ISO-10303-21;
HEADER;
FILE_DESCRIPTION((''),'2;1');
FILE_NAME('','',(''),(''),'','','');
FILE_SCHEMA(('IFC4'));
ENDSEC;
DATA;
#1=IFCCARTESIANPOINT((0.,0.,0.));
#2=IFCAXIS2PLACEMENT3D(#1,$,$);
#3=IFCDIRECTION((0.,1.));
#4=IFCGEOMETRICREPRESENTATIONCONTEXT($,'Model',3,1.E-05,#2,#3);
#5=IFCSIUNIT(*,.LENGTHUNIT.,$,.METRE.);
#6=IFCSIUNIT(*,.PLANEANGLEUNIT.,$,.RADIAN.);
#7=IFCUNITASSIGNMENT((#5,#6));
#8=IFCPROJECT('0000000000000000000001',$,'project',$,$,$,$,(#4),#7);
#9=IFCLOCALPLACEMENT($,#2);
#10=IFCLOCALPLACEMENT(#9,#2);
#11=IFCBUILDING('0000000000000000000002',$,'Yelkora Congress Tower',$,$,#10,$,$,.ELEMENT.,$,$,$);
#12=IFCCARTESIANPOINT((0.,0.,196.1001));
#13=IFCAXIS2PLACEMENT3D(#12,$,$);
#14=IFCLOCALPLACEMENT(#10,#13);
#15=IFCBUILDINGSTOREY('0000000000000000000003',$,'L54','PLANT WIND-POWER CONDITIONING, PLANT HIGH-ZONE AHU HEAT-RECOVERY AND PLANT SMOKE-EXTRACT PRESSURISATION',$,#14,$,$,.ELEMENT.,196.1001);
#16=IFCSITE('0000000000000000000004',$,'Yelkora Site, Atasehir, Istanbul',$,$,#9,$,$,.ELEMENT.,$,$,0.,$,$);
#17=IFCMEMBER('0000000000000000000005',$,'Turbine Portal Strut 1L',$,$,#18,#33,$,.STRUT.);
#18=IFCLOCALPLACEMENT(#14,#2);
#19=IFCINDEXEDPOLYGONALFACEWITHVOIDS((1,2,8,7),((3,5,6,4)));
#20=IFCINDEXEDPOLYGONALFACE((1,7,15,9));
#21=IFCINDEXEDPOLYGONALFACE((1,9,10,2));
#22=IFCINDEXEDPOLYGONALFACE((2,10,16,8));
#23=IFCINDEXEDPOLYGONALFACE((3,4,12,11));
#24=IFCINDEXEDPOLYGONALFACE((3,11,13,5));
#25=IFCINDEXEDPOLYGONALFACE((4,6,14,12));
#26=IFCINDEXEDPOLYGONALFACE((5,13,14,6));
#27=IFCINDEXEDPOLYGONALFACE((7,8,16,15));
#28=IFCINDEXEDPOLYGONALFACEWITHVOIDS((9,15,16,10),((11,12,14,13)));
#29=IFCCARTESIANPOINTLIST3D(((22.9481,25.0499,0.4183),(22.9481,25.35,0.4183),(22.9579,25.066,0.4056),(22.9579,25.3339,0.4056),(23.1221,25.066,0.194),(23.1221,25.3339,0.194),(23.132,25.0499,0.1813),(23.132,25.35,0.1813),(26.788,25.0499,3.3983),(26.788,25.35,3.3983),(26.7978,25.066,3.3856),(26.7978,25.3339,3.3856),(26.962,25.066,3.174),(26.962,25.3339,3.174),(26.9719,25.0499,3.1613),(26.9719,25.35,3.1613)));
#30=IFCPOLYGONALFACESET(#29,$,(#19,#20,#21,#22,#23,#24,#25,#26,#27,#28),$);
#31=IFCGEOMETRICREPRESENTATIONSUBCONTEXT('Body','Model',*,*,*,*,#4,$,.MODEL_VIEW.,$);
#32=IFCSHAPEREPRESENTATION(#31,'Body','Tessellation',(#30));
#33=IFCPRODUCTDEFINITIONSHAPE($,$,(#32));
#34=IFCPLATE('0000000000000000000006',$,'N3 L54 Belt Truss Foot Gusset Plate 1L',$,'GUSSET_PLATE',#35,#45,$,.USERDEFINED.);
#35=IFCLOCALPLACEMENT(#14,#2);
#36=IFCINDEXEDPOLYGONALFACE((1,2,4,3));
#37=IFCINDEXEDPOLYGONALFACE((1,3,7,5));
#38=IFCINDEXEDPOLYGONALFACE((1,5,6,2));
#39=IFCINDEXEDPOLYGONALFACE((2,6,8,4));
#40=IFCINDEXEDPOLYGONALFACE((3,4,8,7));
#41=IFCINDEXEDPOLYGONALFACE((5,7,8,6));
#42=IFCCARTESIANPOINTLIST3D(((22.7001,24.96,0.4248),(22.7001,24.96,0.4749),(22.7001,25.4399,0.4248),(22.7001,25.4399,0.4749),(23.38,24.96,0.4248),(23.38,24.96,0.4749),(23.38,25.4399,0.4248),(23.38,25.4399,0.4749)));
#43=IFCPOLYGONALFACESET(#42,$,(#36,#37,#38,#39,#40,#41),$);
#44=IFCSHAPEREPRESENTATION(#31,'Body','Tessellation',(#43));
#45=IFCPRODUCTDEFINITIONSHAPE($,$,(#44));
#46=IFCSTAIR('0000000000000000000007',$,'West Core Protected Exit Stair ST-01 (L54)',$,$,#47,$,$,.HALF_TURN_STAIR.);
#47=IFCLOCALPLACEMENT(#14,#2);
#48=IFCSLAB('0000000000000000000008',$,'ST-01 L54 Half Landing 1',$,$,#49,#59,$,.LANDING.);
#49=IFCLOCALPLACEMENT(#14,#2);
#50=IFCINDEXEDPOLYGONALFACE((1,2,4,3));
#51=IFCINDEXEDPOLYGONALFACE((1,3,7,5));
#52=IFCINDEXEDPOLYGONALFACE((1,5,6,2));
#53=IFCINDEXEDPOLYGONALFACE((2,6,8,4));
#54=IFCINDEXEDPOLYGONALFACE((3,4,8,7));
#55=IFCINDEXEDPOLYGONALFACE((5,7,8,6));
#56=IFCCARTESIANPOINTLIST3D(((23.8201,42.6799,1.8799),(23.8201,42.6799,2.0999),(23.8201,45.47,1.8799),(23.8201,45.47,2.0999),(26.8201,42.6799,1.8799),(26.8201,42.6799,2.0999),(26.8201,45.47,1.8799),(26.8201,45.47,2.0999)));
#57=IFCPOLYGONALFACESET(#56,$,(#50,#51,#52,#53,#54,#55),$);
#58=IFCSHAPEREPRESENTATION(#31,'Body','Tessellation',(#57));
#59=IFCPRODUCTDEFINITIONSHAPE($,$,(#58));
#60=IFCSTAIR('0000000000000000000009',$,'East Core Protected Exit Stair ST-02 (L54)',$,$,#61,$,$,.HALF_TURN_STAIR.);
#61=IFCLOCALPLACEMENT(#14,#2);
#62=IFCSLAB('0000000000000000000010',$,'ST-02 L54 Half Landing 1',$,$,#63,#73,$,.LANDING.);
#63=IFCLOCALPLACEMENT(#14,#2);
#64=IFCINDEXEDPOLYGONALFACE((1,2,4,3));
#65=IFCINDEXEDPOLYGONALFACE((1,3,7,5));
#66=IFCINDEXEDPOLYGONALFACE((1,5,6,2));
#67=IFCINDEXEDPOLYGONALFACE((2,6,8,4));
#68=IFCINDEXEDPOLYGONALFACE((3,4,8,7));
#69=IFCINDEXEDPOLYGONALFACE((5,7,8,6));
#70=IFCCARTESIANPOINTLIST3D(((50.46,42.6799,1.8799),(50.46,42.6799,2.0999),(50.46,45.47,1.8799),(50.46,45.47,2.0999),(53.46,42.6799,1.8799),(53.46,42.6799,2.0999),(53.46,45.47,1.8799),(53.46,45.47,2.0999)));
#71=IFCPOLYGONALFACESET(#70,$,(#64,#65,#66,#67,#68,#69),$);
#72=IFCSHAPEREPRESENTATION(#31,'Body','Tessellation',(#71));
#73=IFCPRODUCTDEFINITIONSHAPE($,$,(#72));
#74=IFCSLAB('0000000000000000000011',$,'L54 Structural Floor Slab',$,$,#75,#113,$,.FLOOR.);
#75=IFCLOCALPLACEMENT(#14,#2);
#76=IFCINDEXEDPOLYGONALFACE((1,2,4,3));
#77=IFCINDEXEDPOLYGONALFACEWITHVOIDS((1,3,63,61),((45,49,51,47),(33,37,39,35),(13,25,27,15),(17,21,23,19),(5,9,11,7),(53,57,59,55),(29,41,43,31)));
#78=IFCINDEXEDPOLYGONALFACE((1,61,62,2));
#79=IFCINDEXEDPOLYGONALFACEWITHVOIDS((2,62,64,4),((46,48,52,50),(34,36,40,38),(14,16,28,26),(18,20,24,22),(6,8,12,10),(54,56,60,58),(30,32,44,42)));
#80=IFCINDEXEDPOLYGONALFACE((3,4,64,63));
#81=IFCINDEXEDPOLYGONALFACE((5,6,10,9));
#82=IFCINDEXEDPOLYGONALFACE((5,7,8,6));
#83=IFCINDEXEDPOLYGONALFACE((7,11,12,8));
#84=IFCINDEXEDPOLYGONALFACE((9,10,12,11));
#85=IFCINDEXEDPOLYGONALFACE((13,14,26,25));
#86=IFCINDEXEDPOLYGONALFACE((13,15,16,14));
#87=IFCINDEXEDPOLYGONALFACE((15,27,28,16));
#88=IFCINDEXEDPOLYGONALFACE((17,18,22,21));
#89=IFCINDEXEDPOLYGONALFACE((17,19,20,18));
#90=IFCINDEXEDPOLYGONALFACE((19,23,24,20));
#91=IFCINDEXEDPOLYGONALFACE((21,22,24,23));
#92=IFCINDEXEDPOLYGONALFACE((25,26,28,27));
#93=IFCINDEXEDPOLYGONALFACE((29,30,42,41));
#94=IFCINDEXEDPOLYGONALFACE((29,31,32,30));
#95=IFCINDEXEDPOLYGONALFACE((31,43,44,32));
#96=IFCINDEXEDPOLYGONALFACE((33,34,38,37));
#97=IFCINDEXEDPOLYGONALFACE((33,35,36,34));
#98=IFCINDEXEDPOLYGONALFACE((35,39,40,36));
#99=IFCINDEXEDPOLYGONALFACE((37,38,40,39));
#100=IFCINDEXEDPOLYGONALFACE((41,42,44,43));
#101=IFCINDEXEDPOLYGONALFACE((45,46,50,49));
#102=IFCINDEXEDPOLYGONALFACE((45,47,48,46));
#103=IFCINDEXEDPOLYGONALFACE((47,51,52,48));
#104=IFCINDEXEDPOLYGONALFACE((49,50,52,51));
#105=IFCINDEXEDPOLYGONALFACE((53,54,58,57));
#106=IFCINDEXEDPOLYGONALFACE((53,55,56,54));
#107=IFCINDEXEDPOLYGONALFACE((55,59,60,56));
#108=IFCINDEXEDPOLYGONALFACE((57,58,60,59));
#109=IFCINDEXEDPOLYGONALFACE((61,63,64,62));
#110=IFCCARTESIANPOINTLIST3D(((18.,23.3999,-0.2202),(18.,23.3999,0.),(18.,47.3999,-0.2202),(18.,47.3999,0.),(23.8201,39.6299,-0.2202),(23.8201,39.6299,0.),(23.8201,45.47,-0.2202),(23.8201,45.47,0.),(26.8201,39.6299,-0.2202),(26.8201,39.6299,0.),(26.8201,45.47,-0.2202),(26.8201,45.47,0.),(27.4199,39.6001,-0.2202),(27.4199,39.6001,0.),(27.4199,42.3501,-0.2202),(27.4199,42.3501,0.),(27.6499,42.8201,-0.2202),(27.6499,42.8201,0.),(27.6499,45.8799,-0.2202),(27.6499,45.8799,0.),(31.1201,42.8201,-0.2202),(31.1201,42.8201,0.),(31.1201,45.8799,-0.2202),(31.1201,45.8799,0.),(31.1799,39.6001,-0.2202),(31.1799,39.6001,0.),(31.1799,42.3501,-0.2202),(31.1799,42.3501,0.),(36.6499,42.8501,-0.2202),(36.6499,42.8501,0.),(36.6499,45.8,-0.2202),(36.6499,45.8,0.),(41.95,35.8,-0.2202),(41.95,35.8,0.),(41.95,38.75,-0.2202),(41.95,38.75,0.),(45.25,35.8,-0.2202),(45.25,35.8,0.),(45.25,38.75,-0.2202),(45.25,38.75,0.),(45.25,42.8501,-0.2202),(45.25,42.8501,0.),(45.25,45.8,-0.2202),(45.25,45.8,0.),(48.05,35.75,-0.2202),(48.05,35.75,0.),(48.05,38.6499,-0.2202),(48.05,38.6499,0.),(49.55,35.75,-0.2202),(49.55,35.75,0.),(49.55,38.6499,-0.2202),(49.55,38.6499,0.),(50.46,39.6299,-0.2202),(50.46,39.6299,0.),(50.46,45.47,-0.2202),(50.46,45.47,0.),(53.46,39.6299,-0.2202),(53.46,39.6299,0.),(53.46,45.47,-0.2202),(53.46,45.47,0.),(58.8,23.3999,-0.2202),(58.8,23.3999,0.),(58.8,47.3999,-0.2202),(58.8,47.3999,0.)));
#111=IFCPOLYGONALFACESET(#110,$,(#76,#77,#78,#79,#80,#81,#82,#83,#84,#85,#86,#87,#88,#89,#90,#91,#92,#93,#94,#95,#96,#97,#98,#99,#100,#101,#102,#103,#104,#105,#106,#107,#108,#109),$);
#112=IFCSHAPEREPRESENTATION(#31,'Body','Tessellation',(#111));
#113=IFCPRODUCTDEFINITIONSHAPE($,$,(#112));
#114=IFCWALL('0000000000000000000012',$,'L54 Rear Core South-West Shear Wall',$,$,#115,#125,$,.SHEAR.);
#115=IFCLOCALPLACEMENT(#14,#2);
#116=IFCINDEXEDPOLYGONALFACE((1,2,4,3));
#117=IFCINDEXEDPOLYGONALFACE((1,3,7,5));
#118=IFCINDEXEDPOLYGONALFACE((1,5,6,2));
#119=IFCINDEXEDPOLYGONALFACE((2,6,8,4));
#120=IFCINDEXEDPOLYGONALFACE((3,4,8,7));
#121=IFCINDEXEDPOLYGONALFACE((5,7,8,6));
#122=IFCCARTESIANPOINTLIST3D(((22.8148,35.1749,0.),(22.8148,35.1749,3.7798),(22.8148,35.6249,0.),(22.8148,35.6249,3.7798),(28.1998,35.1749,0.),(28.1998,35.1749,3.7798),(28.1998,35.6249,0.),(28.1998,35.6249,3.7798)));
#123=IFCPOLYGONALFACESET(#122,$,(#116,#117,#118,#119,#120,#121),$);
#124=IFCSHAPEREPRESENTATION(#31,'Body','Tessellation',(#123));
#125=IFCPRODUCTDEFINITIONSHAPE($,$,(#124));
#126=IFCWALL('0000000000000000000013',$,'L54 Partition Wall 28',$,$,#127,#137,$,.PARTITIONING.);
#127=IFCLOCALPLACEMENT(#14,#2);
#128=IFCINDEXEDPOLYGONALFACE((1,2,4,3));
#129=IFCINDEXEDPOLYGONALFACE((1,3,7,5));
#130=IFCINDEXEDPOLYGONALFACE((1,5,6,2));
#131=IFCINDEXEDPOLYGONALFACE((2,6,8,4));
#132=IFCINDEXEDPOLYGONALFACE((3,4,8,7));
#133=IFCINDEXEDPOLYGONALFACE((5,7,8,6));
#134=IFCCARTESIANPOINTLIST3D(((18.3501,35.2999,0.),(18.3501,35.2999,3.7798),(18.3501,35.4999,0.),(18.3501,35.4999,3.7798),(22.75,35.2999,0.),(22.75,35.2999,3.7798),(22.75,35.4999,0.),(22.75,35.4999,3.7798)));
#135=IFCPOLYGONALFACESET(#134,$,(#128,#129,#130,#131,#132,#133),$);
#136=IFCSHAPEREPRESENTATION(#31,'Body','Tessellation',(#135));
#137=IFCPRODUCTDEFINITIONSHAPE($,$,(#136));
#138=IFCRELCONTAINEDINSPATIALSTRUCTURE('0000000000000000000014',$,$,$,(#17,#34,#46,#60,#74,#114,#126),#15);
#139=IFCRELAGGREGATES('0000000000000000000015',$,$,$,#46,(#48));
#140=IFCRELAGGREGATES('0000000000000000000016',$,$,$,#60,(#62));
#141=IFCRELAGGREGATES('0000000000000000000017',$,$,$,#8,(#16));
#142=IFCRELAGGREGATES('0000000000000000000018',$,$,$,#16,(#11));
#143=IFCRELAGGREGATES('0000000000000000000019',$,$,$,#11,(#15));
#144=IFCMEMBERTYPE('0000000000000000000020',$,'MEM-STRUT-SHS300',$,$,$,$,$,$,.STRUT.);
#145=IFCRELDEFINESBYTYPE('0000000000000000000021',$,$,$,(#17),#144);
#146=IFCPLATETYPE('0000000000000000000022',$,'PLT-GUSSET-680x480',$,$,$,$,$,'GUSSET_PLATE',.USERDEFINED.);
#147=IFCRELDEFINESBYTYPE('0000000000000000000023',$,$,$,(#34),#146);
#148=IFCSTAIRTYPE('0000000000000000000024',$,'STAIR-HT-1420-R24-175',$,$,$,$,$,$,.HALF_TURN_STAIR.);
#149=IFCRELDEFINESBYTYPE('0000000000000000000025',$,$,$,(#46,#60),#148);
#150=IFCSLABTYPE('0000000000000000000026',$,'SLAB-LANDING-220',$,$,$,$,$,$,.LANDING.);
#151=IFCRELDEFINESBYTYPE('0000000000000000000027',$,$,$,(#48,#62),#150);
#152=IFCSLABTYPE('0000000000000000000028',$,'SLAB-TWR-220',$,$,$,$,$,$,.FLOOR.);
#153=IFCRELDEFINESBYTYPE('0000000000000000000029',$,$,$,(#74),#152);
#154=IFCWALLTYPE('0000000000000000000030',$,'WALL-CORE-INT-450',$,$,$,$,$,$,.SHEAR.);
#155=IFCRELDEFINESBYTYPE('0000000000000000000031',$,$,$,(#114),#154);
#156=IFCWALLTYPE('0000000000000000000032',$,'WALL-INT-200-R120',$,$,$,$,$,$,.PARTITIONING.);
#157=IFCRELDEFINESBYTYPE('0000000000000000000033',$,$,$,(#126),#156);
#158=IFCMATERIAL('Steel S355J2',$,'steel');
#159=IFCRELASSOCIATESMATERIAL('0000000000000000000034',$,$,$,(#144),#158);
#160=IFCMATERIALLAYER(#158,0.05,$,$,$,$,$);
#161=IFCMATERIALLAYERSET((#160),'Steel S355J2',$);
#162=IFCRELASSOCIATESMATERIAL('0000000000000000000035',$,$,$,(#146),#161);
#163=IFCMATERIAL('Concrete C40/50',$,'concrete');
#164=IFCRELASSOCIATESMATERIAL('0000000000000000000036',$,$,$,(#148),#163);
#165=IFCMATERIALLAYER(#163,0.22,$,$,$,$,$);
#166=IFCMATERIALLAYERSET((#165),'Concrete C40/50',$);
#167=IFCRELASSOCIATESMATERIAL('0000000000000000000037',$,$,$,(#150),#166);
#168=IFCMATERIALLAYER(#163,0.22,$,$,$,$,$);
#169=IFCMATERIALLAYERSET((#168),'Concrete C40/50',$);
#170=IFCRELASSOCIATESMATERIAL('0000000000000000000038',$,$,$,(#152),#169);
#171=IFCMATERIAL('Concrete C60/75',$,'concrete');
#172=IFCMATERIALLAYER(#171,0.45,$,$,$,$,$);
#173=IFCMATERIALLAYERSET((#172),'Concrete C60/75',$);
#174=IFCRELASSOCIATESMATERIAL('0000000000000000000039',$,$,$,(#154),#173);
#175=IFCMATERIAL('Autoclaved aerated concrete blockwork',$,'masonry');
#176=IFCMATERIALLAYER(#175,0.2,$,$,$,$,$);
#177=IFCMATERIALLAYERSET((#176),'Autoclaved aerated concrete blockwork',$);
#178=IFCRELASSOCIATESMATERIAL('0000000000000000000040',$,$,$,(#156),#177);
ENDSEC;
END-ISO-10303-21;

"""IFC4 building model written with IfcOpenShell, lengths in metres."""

from ifc_helpers import new_model, si_unit, direction, frame, frame_2d, origin, origin_2d, place, context, subcontext, project, spatial, polyline, rectangle, hollow_rectangle, outline, extrude, material, layer, layer_set, material_profile, profile_set, type_object, element, aggregate, save


model = new_model("IFC4")

# Units and contexts
model_context = context("Model", 3, precision=1e-05, world=origin(), true_north=direction((0.0, 1.0)))
body_context = subcontext(model_context, "Body", "Model", "MODEL_VIEW")
ifc_project = project(units=[si_unit("LENGTHUNIT", "METRE"), si_unit("PLANEANGLEUNIT", "RADIAN")], contexts=[model_context])

# Site, building, storey
site_placement = place(None, origin())
site = spatial("IfcSite", under=ifc_project, at=site_placement, Name="Yelkora Site, Atasehir, Istanbul", CompositionType="ELEMENT", RefElevation=0.0)
building_placement = place(site_placement, origin())
building = spatial("IfcBuilding", under=site, at=building_placement, Name="Yelkora Congress Tower", CompositionType="ELEMENT")
storey_placement = place(building_placement, frame((0.0, 0.0, 196.1001)))
storey = spatial("IfcBuildingStorey", under=building, at=storey_placement, Name="L54", Description="PLANT WIND-POWER CONDITIONING, PLANT HIGH-ZONE AHU HEAT-RECOVERY AND PLANT SMOKE-EXTRACT PRESSURISATION", CompositionType="ELEMENT", Elevation=196.1001)

# Member
ifc_material_1 = material(Name="Steel S355J2", Category="steel")
ifc_material_profile_1 = material_profile(ifc_material_1, hollow_rectangle(XDim=0.3, YDim=0.3, WallThickness=0.0161, at=origin_2d()), Name="SHS 300x300x16")
ifc_profile_set_1 = profile_set([ifc_material_profile_1], Name="Steel S355J2")
member_type_1 = type_object("IfcMemberType", Name="MEM-STRUT-SHS300", PredefinedType="STRUT", material=ifc_profile_set_1)
member_1_placement = place(storey_placement, frame((23.04, 25.2, 0.2998), z_axis=(0.790006, 0.0, 0.613099), x_axis=(0.0, 1.0, 0.0)))
element("IfcMember", 1, at=member_1_placement, inside=storey, type_object=member_type_1, Name="Turbine Portal Strut 1L", PredefinedType="STRUT", context=body_context, shape_type="SweptSolid", body=[
    extrude(hollow_rectangle(XDim=0.3, YDim=0.3, WallThickness=0.0161, at=origin_2d()), origin(), (0.0, 0.0, 1.0), 4.8606),
])

# Plate
ifc_layer_1 = layer(ifc_material_1, 0.05)
ifc_layer_set_1 = layer_set([ifc_layer_1], Name="Steel S355J2")
plate_type = type_object("IfcPlateType", Name="PLT-GUSSET-680x480", ElementType="GUSSET_PLATE", PredefinedType="USERDEFINED", material=ifc_layer_set_1)
plate_placement = place(storey_placement, frame((23.04, 25.2, 0.4248), z_axis=(0.0, 0.0, 1.0), x_axis=(1.0, 0.0, 0.0)))
element("IfcPlate", 2, at=plate_placement, inside=storey, type_object=plate_type, Name="N3 L54 Belt Truss Foot Gusset Plate 1L", ObjectType="GUSSET_PLATE", PredefinedType="USERDEFINED", context=body_context, shape_type="SweptSolid", body=[
    extrude(rectangle(XDim=0.6799, YDim=0.48, at=origin_2d()), origin(), (0.0, 0.0, 1.0), 0.05),
])

# Stairs, slabs
ifc_material_2 = material(Name="Concrete C40/50", Category="concrete")
stair_type = type_object("IfcStairType", Name="STAIR-HT-1420-R24-175", PredefinedType="HALF_TURN_STAIR", material=ifc_material_2)
stair_1_placement = place(storey_placement, origin())
stair_1 = element("IfcStair", 3, at=stair_1_placement, inside=storey, type_object=stair_type, Name="West Core Protected Exit Stair ST-01 (L54)", PredefinedType="HALF_TURN_STAIR")
ifc_layer_2 = layer(ifc_material_2, 0.22)
ifc_layer_set_2 = layer_set([ifc_layer_2], Name="Concrete C40/50")
slab_type_1 = type_object("IfcSlabType", Name="SLAB-LANDING-220", PredefinedType="LANDING", material=ifc_layer_set_2)
slab_1_placement = place(storey_placement, frame((0.0, 0.0, 1.8799)))
slab_1 = element("IfcSlab", 4, at=slab_1_placement, type_object=slab_type_1, Name="ST-01 L54 Half Landing 1", PredefinedType="LANDING", context=body_context, shape_type="SweptSolid", body=[
    extrude(outline(polyline([(26.8201, 42.6799), (26.8201, 45.47), (23.8201, 45.47), (23.8201, 42.6799), (26.8201, 42.6799)])), origin(), (0.0, 0.0, 1.0), 0.22),
])
aggregate(stair_1, [slab_1])
stair_2_placement = place(storey_placement, origin())
stair_2 = element("IfcStair", 5, at=stair_2_placement, inside=storey, type_object=stair_type, Name="East Core Protected Exit Stair ST-02 (L54)", PredefinedType="HALF_TURN_STAIR")
slab_2_placement = place(storey_placement, frame((0.0, 0.0, 1.8799)))
slab_2 = element("IfcSlab", 6, at=slab_2_placement, type_object=slab_type_1, Name="ST-02 L54 Half Landing 1", PredefinedType="LANDING", context=body_context, shape_type="SweptSolid", body=[
    extrude(outline(polyline([(53.46, 42.6799), (53.46, 45.47), (50.46, 45.47), (50.46, 42.6799), (53.46, 42.6799)])), origin(), (0.0, 0.0, 1.0), 0.22),
])
aggregate(stair_2, [slab_2])

# Slab
ifc_layer_3 = layer(ifc_material_2, 0.22)
ifc_layer_set_3 = layer_set([ifc_layer_3], Name="Concrete C40/50")
slab_type_2 = type_object("IfcSlabType", Name="SLAB-TWR-220", PredefinedType="FLOOR", material=ifc_layer_set_3)
slab_3_placement = place(storey_placement, frame((0.0, 0.0, -0.2202)))
element("IfcSlab", 7, at=slab_3_placement, inside=storey, type_object=slab_type_2, Name="L54 Structural Floor Slab", PredefinedType="FLOOR", context=body_context, shape_type="SweptSolid", body=[
    extrude(outline(polyline([(18.0, 23.3999), (58.8, 23.3999), (58.8, 47.3999), (18.0, 47.3999), (18.0, 23.3999)]), holes=[polyline([(23.8201, 39.6299), (26.8201, 39.6299), (26.8201, 45.47), (23.8201, 45.47), (23.8201, 39.6299)]), polyline([(50.46, 39.6299), (53.46, 39.6299), (53.46, 45.47), (50.46, 45.47), (50.46, 39.6299)]), polyline([(48.05, 35.75), (49.55, 35.75), (49.55, 38.6499), (48.05, 38.6499), (48.05, 35.75)]), polyline([(36.6499, 42.8501), (45.25, 42.8501), (45.25, 45.8), (36.6499, 45.8), (36.6499, 42.8501)]), polyline([(41.95, 35.8), (45.25, 35.8), (45.25, 38.75), (41.95, 38.75), (41.95, 35.8)]), polyline([(27.4199, 39.6001), (31.1799, 39.6001), (31.1799, 42.3501), (27.4199, 42.3501), (27.4199, 39.6001)]), polyline([(27.6499, 42.8201), (31.1201, 42.8201), (31.1201, 45.8799), (27.6499, 45.8799), (27.6499, 42.8201)])]), origin(), (0.0, 0.0, 1.0), 0.2202),
])

# Walls
ifc_material_3 = material(Name="Concrete C60/75", Category="concrete")
ifc_layer_4 = layer(ifc_material_3, 0.45)
ifc_layer_set_4 = layer_set([ifc_layer_4], Name="Concrete C60/75")
wall_type_1 = type_object("IfcWallType", Name="WALL-CORE-INT-450", PredefinedType="SHEAR", material=ifc_layer_set_4)
wall_1_placement = place(storey_placement, frame((22.8149, 35.3999, 0.0), z_axis=(0.0, 0.0, 1.0), x_axis=(1.0, 0.0, 0.0)))
element("IfcWall", 8, at=wall_1_placement, inside=storey, type_object=wall_type_1, Name="L54 Rear Core South-West Shear Wall", PredefinedType="SHEAR", context=body_context, shape_type="SweptSolid", body=[
    extrude(rectangle(XDim=5.385, YDim=0.45, at=frame_2d((2.6924, 0.0))), origin(), (0.0, 0.0, 1.0), 3.7798),
])
ifc_material_4 = material(Name="Autoclaved aerated concrete blockwork", Category="masonry")
ifc_layer_5 = layer(ifc_material_4, 0.2)
ifc_layer_set_5 = layer_set([ifc_layer_5], Name="Autoclaved aerated concrete blockwork")
wall_type_2 = type_object("IfcWallType", Name="WALL-INT-200-R120", PredefinedType="PARTITIONING", material=ifc_layer_set_5)
wall_2_placement = place(storey_placement, frame((18.3501, 35.3999, 0.0), z_axis=(0.0, 0.0, 1.0), x_axis=(1.0, 0.0, 0.0)))
element("IfcWall", 9, at=wall_2_placement, inside=storey, type_object=wall_type_2, Name="L54 Partition Wall 28", PredefinedType="PARTITIONING", context=body_context, shape_type="SweptSolid", body=[
    extrude(rectangle(XDim=4.3999, YDim=0.2, at=frame_2d((2.2, 0.0))), origin(), (0.0, 0.0, 1.0), 3.7798),
])

save(model, "model.ifc")
